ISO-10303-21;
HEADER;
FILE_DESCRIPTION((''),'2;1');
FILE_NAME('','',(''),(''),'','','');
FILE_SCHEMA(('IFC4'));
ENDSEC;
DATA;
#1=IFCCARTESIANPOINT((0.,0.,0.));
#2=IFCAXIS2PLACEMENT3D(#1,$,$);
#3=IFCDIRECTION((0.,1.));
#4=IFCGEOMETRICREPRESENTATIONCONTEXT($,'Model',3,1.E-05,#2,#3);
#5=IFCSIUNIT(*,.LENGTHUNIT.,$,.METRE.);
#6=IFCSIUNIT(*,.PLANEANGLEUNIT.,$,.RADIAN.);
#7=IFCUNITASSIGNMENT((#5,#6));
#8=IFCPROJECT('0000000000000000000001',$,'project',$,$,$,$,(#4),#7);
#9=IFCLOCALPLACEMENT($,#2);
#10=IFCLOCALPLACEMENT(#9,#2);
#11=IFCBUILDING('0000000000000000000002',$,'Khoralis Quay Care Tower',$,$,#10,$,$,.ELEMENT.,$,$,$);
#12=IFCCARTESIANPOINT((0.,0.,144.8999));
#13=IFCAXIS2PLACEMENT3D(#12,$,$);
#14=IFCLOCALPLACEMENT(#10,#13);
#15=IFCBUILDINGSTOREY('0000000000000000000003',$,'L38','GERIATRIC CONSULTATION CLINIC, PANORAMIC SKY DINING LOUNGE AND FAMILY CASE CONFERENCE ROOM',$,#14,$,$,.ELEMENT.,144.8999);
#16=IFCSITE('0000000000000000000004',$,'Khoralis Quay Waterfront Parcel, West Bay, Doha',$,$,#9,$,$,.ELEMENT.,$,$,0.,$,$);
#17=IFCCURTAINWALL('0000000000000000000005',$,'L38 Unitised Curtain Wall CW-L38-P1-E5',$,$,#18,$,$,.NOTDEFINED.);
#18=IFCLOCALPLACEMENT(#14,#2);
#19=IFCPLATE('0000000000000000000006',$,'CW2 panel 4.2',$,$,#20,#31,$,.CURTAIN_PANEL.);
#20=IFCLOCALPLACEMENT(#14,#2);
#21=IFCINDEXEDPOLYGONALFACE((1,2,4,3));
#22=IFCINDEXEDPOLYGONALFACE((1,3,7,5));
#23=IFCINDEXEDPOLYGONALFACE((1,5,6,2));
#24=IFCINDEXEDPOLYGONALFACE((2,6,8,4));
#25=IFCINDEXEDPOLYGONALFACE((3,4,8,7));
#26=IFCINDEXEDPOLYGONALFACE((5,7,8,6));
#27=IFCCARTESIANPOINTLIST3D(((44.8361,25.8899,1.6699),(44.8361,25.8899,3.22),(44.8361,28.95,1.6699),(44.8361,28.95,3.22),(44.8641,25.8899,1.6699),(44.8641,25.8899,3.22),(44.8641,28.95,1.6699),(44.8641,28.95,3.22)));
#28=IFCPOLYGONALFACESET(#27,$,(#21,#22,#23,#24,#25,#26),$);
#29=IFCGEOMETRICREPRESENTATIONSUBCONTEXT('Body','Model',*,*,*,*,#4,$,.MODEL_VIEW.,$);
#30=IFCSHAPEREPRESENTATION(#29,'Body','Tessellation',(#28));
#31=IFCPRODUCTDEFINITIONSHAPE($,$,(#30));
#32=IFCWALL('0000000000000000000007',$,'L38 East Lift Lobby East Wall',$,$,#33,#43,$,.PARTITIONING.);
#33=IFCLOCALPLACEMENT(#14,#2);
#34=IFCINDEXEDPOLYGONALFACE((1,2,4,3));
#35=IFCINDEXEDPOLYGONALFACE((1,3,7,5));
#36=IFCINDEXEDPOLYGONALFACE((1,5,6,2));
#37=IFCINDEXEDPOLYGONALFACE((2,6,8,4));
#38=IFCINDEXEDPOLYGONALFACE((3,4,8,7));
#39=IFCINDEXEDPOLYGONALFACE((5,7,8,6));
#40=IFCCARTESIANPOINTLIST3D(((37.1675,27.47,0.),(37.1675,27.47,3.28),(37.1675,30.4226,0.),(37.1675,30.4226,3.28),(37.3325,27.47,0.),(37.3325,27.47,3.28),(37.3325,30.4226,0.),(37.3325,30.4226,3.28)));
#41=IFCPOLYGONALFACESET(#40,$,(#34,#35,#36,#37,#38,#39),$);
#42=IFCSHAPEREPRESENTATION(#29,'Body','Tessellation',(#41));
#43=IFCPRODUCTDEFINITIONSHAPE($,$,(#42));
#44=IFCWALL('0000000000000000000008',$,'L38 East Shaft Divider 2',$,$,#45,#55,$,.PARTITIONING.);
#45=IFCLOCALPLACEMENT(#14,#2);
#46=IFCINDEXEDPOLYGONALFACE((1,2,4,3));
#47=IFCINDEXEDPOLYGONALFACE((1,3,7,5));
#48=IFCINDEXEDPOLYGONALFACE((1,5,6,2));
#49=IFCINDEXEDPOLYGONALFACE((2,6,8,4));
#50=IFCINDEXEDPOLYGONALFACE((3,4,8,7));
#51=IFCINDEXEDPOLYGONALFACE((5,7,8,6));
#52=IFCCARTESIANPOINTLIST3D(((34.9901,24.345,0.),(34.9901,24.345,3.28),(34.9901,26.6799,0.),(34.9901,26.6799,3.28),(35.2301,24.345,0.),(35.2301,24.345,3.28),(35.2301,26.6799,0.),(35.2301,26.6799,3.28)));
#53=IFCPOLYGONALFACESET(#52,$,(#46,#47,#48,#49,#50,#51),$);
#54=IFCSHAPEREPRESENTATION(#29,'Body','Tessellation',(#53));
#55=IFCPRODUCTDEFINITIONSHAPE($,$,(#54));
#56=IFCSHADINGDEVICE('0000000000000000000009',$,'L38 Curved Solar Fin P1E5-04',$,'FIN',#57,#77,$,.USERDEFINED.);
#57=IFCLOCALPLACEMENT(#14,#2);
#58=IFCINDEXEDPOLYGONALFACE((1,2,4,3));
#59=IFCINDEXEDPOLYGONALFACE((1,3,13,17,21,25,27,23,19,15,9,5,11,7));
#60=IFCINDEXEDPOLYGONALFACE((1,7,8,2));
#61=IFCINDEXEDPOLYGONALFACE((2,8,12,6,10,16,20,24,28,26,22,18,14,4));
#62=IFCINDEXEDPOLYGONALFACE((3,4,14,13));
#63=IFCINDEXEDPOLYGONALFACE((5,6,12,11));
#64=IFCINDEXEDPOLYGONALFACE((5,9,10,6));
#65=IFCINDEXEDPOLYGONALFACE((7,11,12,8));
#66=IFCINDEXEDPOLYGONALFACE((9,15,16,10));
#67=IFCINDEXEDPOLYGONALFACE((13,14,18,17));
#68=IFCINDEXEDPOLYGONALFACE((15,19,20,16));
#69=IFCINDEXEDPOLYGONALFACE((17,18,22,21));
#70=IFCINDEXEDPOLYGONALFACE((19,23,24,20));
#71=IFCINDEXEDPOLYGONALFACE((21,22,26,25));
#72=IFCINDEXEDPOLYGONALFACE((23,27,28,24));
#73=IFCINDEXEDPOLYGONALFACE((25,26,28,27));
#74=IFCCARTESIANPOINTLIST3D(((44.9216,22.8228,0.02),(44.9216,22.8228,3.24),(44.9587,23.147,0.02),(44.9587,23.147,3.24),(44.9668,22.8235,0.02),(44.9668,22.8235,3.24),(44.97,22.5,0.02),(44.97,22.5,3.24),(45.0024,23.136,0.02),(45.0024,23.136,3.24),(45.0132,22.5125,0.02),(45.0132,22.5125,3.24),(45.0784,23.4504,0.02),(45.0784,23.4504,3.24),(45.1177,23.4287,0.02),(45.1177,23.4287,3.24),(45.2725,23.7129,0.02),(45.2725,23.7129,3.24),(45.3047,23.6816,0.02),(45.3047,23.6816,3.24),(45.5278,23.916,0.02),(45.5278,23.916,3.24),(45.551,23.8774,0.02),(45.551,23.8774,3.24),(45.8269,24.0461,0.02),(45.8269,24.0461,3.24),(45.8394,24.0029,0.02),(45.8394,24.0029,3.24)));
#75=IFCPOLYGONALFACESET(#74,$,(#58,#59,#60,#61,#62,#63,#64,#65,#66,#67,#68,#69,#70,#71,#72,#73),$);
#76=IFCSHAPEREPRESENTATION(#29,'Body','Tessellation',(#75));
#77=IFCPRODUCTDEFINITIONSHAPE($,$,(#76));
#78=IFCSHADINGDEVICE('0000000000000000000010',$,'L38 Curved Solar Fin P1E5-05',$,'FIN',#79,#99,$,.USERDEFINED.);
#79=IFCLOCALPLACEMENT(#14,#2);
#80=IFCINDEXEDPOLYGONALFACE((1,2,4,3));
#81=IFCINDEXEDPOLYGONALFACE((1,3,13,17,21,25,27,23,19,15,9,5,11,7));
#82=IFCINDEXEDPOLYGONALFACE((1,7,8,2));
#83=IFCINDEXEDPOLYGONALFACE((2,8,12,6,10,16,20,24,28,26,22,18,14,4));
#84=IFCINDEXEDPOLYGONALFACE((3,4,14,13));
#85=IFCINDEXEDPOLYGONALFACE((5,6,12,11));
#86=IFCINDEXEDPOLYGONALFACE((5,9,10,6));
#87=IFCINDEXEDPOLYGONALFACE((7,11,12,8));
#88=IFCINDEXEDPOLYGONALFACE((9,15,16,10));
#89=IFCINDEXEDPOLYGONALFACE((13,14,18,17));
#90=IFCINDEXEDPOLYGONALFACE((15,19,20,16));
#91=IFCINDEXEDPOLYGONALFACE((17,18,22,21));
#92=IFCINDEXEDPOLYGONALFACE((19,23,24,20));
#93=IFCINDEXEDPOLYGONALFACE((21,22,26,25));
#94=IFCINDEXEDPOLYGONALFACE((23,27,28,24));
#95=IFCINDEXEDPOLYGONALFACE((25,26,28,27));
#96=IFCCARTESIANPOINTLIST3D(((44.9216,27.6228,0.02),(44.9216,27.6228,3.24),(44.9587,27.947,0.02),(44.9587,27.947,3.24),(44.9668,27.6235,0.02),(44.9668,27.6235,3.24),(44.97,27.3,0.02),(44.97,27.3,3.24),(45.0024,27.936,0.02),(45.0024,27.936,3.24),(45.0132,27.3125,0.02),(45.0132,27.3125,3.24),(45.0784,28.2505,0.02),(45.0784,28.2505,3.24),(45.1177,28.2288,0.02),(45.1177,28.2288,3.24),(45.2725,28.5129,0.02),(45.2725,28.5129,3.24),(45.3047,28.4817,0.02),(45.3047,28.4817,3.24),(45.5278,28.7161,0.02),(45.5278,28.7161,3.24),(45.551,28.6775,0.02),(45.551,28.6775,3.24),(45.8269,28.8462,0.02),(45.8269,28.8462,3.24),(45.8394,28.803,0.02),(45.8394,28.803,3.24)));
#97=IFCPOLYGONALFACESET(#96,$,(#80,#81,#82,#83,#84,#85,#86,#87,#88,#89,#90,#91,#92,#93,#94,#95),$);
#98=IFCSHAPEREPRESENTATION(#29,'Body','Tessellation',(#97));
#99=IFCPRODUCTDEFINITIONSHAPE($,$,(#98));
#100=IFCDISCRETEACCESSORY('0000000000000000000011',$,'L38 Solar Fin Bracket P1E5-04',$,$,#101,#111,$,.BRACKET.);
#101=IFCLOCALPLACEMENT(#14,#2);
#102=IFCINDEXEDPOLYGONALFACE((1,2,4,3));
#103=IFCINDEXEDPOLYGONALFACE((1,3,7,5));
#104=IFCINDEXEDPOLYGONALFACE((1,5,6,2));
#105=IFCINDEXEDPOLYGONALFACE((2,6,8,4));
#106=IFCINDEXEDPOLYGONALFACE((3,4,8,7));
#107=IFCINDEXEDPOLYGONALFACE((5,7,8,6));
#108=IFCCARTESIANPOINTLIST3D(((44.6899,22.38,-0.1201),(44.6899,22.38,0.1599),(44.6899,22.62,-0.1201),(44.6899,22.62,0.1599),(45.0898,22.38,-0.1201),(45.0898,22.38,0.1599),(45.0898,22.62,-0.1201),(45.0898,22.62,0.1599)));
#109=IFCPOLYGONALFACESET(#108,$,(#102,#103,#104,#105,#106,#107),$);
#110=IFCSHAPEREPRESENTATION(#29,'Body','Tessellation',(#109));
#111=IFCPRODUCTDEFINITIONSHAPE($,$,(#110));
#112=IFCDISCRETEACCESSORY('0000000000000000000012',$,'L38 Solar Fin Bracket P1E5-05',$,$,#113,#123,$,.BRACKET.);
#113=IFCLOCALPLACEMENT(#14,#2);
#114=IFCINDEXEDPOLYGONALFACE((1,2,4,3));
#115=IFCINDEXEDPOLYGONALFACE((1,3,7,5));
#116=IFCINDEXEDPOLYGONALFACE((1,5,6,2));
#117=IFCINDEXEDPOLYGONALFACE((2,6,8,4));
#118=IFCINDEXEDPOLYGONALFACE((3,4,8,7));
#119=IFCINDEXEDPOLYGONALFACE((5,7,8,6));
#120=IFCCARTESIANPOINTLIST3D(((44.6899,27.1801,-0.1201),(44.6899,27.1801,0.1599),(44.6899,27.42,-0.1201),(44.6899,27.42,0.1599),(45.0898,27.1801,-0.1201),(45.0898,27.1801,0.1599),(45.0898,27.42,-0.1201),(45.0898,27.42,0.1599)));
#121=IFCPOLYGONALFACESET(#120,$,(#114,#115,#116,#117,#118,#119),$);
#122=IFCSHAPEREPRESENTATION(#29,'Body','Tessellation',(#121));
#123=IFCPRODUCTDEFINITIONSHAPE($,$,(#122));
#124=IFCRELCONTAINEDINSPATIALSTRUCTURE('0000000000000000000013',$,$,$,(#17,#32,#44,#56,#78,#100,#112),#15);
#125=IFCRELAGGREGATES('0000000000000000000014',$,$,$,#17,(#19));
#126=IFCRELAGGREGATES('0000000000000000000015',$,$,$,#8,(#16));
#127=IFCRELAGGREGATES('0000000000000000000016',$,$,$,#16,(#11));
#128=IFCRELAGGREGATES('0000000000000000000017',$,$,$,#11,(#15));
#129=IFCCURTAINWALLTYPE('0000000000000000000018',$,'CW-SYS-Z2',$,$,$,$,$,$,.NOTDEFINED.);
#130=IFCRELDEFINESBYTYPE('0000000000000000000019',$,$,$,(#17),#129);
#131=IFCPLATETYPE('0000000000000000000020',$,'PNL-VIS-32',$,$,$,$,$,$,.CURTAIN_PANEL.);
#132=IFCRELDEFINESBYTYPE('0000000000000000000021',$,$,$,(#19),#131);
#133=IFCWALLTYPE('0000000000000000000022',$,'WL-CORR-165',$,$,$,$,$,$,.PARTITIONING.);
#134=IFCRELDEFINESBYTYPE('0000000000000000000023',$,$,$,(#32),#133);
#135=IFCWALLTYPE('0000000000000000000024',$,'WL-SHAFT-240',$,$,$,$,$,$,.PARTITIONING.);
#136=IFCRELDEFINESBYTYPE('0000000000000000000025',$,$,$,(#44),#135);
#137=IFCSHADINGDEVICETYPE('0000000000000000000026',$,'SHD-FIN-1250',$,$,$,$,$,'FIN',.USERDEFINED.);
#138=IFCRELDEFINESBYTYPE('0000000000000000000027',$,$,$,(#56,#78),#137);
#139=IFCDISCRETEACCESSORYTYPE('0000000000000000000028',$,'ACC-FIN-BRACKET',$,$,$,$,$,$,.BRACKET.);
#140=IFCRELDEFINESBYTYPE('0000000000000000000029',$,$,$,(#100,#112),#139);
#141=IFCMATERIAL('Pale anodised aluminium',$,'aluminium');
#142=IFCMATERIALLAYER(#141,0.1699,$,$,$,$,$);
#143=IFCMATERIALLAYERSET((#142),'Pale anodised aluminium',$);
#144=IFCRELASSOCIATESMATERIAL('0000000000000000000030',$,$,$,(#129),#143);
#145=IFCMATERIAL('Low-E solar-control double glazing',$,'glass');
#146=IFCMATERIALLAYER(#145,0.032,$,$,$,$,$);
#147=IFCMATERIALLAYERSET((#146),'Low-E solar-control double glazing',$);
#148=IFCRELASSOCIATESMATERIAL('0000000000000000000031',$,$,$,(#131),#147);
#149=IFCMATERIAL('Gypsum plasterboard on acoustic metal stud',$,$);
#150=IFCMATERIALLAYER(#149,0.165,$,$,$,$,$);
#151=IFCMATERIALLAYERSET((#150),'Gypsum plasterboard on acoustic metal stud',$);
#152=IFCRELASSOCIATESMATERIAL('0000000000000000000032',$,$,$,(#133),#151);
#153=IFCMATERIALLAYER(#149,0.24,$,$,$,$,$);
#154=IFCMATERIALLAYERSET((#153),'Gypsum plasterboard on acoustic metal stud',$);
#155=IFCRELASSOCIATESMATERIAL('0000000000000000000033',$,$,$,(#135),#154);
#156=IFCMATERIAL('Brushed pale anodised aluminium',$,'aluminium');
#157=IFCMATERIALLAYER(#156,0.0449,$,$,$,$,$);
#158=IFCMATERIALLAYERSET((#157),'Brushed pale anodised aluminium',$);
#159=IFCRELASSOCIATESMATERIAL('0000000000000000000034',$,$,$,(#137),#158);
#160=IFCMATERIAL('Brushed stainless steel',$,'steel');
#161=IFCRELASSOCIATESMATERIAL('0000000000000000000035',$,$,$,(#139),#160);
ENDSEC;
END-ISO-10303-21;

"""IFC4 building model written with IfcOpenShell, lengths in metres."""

from ifc_helpers import new_model, si_unit, direction, frame, frame_2d, origin, origin_2d, place, context, subcontext, project, spatial, polyline, rectangle, outline, extrude, source, transform, mapped, material, layer, layer_set, type_object, element, aggregate, save


model = new_model("IFC4")

# Units and contexts
model_context = context("Model", 3, precision=1e-05, world=origin(), true_north=direction((0.0, 1.0)))
body_context = subcontext(model_context, "Body", "Model", "MODEL_VIEW")
ifc_project = project(units=[si_unit("LENGTHUNIT", "METRE"), si_unit("PLANEANGLEUNIT", "RADIAN")], contexts=[model_context])

# Site, building, storey
site_placement = place(None, origin())
site = spatial("IfcSite", under=ifc_project, at=site_placement, Name="Khoralis Quay Waterfront Parcel, West Bay, Doha", CompositionType="ELEMENT", RefElevation=0.0)
building_placement = place(site_placement, origin())
building = spatial("IfcBuilding", under=site, at=building_placement, Name="Khoralis Quay Care Tower", CompositionType="ELEMENT")
storey_placement = place(building_placement, frame((0.0, 0.0, 144.8999)))
storey = spatial("IfcBuildingStorey", under=building, at=storey_placement, Name="L38", Description="GERIATRIC CONSULTATION CLINIC, PANORAMIC SKY DINING LOUNGE AND FAMILY CASE CONFERENCE ROOM", CompositionType="ELEMENT", Elevation=144.8999)

# Curtain wall, plate
ifc_material_1 = material(Name="Pale anodised aluminium", Category="aluminium")
ifc_layer_1 = layer(ifc_material_1, 0.1699)
ifc_layer_set_1 = layer_set([ifc_layer_1], Name="Pale anodised aluminium")
curtain_wall_type = type_object("IfcCurtainWallType", Name="CW-SYS-Z2", PredefinedType="NOTDEFINED", material=ifc_layer_set_1)
curtain_wall_placement = place(storey_placement, origin())
curtain_wall = element("IfcCurtainWall", 1, at=curtain_wall_placement, inside=storey, type_object=curtain_wall_type, Name="L38 Unitised Curtain Wall CW-L38-P1-E5", PredefinedType="NOTDEFINED")
ifc_material_2 = material(Name="Low-E solar-control double glazing", Category="glass")
ifc_layer_2 = layer(ifc_material_2, 0.032)
ifc_layer_set_2 = layer_set([ifc_layer_2], Name="Low-E solar-control double glazing")
plate_type = type_object("IfcPlateType", Name="PNL-VIS-32", PredefinedType="CURTAIN_PANEL", material=ifc_layer_set_2)
shared_shape_1 = source(origin(), body_context, "Body", "SweptSolid", [
    extrude(rectangle(XDim=3.0601, YDim=0.0281, at=origin_2d()), origin(), (0.0, 0.0, 1.0), 1.55),
])
plate_1_placement = place(storey_placement, frame((44.8501, 27.4199, 1.6699), z_axis=(0.0, 0.0, 1.0), x_axis=(0.0, 1.0, 0.0)))
plate_1 = element("IfcPlate", 2, at=plate_1_placement, type_object=plate_type, Name="CW2 panel 4.2", PredefinedType="CURTAIN_PANEL", context=body_context, shape_type="MappedRepresentation", body=[
    mapped(shared_shape_1, transform((0.0, 0.0, 0.0), scale=1.0)),
])
aggregate(curtain_wall, [plate_1])

# Walls
ifc_material_3 = material(Name="Gypsum plasterboard on acoustic metal stud")
ifc_layer_3 = layer(ifc_material_3, 0.165)
ifc_layer_set_3 = layer_set([ifc_layer_3], Name="Gypsum plasterboard on acoustic metal stud")
wall_type_1 = type_object("IfcWallType", Name="WL-CORR-165", PredefinedType="PARTITIONING", material=ifc_layer_set_3)
wall_1_placement = place(storey_placement, frame((37.25, 27.47, 0.0), z_axis=(0.0, 0.0, 1.0), x_axis=(0.0, 1.0, 0.0)))
element("IfcWall", 3, at=wall_1_placement, inside=storey, type_object=wall_type_1, Name="L38 East Lift Lobby East Wall", PredefinedType="PARTITIONING", context=body_context, shape_type="SweptSolid", body=[
    extrude(rectangle(XDim=2.9526, YDim=0.165, at=frame_2d((1.4763, 0.0))), origin(), (0.0, 0.0, 1.0), 3.28),
])
ifc_layer_4 = layer(ifc_material_3, 0.24)
ifc_layer_set_4 = layer_set([ifc_layer_4], Name="Gypsum plasterboard on acoustic metal stud")
wall_type_2 = type_object("IfcWallType", Name="WL-SHAFT-240", PredefinedType="PARTITIONING", material=ifc_layer_set_4)
wall_2_placement = place(storey_placement, frame((35.1101, 24.345, 0.0), z_axis=(0.0, 0.0, 1.0), x_axis=(0.0, 1.0, 0.0)))
element("IfcWall", 4, at=wall_2_placement, inside=storey, type_object=wall_type_2, Name="L38 East Shaft Divider 2", PredefinedType="PARTITIONING", context=body_context, shape_type="SweptSolid", body=[
    extrude(rectangle(XDim=2.335, YDim=0.24, at=frame_2d((1.1675, 0.0))), origin(), (0.0, 0.0, 1.0), 3.28),
])

# Shading devices
ifc_material_4 = material(Name="Brushed pale anodised aluminium", Category="aluminium")
ifc_layer_5 = layer(ifc_material_4, 0.0449)
ifc_layer_set_5 = layer_set([ifc_layer_5], Name="Brushed pale anodised aluminium")
shading_device_type = type_object("IfcShadingDeviceType", Name="SHD-FIN-1250", ElementType="FIN", PredefinedType="USERDEFINED", material=ifc_layer_set_5)
shared_shape_2 = source(origin(), body_context, "Body", "SweptSolid", [
    extrude(outline(polyline([(0.0, 0.0), (-0.0483, 0.3228), (-0.0112, 0.647), (0.1084, 0.9504), (0.3025, 1.2129), (0.5579, 1.416), (0.8569, 1.5461), (0.8694, 1.5029), (0.5811, 1.3774), (0.3347, 1.1816), (0.1477, 0.9287), (0.0325, 0.636), (-0.0032, 0.3235), (0.0432, 0.0125), (0.0, 0.0)])), origin(), (0.0, 0.0, 1.0), 3.22),
])
for number, where, z_axis, x_axis, name in (
    (5, (44.97, 22.5, 0.02), (0.0, 0.0, 1.0), (1.0, 0.0, 0.0), "L38 Curved Solar Fin P1E5-04"),
    (6, (44.97, 27.3, 0.02), (0.0, 0.0, 1.0), (1.0, 0.0, 0.0), "L38 Curved Solar Fin P1E5-05"),
):
    element("IfcShadingDevice", number, at=place(storey_placement, frame(where, z_axis=z_axis, x_axis=x_axis)), inside=storey, type_object=shading_device_type, Name=name, ObjectType="FIN", PredefinedType="USERDEFINED", context=body_context, shape_type="MappedRepresentation", body=[
        mapped(shared_shape_2, transform((0.0, 0.0, 0.0), scale=1.0)),
    ])

# Discrete accessories
ifc_material_5 = material(Name="Brushed stainless steel", Category="steel")
discrete_accessory_type = type_object("IfcDiscreteAccessoryType", Name="ACC-FIN-BRACKET", PredefinedType="BRACKET", material=ifc_material_5)
shared_shape_3 = source(origin(), body_context, "Body", "SweptSolid", [
    extrude(rectangle(XDim=0.3999, YDim=0.24, at=origin_2d()), origin(), (0.0, 0.0, 1.0), 0.28),
])
for number, where, z_axis, x_axis, name in (
    (7, (44.8899, 22.5, -0.1201), (0.0, 0.0, 1.0), (1.0, 0.0, 0.0), "L38 Solar Fin Bracket P1E5-04"),
    (8, (44.8899, 27.3, -0.1201), (0.0, 0.0, 1.0), (1.0, 0.0, 0.0), "L38 Solar Fin Bracket P1E5-05"),
):
    element("IfcDiscreteAccessory", number, at=place(storey_placement, frame(where, z_axis=z_axis, x_axis=x_axis)), inside=storey, type_object=discrete_accessory_type, Name=name, PredefinedType="BRACKET", context=body_context, shape_type="MappedRepresentation", body=[
        mapped(shared_shape_3, transform((0.0, 0.0, 0.0), scale=1.0)),
    ])

save(model, "model.ifc")
